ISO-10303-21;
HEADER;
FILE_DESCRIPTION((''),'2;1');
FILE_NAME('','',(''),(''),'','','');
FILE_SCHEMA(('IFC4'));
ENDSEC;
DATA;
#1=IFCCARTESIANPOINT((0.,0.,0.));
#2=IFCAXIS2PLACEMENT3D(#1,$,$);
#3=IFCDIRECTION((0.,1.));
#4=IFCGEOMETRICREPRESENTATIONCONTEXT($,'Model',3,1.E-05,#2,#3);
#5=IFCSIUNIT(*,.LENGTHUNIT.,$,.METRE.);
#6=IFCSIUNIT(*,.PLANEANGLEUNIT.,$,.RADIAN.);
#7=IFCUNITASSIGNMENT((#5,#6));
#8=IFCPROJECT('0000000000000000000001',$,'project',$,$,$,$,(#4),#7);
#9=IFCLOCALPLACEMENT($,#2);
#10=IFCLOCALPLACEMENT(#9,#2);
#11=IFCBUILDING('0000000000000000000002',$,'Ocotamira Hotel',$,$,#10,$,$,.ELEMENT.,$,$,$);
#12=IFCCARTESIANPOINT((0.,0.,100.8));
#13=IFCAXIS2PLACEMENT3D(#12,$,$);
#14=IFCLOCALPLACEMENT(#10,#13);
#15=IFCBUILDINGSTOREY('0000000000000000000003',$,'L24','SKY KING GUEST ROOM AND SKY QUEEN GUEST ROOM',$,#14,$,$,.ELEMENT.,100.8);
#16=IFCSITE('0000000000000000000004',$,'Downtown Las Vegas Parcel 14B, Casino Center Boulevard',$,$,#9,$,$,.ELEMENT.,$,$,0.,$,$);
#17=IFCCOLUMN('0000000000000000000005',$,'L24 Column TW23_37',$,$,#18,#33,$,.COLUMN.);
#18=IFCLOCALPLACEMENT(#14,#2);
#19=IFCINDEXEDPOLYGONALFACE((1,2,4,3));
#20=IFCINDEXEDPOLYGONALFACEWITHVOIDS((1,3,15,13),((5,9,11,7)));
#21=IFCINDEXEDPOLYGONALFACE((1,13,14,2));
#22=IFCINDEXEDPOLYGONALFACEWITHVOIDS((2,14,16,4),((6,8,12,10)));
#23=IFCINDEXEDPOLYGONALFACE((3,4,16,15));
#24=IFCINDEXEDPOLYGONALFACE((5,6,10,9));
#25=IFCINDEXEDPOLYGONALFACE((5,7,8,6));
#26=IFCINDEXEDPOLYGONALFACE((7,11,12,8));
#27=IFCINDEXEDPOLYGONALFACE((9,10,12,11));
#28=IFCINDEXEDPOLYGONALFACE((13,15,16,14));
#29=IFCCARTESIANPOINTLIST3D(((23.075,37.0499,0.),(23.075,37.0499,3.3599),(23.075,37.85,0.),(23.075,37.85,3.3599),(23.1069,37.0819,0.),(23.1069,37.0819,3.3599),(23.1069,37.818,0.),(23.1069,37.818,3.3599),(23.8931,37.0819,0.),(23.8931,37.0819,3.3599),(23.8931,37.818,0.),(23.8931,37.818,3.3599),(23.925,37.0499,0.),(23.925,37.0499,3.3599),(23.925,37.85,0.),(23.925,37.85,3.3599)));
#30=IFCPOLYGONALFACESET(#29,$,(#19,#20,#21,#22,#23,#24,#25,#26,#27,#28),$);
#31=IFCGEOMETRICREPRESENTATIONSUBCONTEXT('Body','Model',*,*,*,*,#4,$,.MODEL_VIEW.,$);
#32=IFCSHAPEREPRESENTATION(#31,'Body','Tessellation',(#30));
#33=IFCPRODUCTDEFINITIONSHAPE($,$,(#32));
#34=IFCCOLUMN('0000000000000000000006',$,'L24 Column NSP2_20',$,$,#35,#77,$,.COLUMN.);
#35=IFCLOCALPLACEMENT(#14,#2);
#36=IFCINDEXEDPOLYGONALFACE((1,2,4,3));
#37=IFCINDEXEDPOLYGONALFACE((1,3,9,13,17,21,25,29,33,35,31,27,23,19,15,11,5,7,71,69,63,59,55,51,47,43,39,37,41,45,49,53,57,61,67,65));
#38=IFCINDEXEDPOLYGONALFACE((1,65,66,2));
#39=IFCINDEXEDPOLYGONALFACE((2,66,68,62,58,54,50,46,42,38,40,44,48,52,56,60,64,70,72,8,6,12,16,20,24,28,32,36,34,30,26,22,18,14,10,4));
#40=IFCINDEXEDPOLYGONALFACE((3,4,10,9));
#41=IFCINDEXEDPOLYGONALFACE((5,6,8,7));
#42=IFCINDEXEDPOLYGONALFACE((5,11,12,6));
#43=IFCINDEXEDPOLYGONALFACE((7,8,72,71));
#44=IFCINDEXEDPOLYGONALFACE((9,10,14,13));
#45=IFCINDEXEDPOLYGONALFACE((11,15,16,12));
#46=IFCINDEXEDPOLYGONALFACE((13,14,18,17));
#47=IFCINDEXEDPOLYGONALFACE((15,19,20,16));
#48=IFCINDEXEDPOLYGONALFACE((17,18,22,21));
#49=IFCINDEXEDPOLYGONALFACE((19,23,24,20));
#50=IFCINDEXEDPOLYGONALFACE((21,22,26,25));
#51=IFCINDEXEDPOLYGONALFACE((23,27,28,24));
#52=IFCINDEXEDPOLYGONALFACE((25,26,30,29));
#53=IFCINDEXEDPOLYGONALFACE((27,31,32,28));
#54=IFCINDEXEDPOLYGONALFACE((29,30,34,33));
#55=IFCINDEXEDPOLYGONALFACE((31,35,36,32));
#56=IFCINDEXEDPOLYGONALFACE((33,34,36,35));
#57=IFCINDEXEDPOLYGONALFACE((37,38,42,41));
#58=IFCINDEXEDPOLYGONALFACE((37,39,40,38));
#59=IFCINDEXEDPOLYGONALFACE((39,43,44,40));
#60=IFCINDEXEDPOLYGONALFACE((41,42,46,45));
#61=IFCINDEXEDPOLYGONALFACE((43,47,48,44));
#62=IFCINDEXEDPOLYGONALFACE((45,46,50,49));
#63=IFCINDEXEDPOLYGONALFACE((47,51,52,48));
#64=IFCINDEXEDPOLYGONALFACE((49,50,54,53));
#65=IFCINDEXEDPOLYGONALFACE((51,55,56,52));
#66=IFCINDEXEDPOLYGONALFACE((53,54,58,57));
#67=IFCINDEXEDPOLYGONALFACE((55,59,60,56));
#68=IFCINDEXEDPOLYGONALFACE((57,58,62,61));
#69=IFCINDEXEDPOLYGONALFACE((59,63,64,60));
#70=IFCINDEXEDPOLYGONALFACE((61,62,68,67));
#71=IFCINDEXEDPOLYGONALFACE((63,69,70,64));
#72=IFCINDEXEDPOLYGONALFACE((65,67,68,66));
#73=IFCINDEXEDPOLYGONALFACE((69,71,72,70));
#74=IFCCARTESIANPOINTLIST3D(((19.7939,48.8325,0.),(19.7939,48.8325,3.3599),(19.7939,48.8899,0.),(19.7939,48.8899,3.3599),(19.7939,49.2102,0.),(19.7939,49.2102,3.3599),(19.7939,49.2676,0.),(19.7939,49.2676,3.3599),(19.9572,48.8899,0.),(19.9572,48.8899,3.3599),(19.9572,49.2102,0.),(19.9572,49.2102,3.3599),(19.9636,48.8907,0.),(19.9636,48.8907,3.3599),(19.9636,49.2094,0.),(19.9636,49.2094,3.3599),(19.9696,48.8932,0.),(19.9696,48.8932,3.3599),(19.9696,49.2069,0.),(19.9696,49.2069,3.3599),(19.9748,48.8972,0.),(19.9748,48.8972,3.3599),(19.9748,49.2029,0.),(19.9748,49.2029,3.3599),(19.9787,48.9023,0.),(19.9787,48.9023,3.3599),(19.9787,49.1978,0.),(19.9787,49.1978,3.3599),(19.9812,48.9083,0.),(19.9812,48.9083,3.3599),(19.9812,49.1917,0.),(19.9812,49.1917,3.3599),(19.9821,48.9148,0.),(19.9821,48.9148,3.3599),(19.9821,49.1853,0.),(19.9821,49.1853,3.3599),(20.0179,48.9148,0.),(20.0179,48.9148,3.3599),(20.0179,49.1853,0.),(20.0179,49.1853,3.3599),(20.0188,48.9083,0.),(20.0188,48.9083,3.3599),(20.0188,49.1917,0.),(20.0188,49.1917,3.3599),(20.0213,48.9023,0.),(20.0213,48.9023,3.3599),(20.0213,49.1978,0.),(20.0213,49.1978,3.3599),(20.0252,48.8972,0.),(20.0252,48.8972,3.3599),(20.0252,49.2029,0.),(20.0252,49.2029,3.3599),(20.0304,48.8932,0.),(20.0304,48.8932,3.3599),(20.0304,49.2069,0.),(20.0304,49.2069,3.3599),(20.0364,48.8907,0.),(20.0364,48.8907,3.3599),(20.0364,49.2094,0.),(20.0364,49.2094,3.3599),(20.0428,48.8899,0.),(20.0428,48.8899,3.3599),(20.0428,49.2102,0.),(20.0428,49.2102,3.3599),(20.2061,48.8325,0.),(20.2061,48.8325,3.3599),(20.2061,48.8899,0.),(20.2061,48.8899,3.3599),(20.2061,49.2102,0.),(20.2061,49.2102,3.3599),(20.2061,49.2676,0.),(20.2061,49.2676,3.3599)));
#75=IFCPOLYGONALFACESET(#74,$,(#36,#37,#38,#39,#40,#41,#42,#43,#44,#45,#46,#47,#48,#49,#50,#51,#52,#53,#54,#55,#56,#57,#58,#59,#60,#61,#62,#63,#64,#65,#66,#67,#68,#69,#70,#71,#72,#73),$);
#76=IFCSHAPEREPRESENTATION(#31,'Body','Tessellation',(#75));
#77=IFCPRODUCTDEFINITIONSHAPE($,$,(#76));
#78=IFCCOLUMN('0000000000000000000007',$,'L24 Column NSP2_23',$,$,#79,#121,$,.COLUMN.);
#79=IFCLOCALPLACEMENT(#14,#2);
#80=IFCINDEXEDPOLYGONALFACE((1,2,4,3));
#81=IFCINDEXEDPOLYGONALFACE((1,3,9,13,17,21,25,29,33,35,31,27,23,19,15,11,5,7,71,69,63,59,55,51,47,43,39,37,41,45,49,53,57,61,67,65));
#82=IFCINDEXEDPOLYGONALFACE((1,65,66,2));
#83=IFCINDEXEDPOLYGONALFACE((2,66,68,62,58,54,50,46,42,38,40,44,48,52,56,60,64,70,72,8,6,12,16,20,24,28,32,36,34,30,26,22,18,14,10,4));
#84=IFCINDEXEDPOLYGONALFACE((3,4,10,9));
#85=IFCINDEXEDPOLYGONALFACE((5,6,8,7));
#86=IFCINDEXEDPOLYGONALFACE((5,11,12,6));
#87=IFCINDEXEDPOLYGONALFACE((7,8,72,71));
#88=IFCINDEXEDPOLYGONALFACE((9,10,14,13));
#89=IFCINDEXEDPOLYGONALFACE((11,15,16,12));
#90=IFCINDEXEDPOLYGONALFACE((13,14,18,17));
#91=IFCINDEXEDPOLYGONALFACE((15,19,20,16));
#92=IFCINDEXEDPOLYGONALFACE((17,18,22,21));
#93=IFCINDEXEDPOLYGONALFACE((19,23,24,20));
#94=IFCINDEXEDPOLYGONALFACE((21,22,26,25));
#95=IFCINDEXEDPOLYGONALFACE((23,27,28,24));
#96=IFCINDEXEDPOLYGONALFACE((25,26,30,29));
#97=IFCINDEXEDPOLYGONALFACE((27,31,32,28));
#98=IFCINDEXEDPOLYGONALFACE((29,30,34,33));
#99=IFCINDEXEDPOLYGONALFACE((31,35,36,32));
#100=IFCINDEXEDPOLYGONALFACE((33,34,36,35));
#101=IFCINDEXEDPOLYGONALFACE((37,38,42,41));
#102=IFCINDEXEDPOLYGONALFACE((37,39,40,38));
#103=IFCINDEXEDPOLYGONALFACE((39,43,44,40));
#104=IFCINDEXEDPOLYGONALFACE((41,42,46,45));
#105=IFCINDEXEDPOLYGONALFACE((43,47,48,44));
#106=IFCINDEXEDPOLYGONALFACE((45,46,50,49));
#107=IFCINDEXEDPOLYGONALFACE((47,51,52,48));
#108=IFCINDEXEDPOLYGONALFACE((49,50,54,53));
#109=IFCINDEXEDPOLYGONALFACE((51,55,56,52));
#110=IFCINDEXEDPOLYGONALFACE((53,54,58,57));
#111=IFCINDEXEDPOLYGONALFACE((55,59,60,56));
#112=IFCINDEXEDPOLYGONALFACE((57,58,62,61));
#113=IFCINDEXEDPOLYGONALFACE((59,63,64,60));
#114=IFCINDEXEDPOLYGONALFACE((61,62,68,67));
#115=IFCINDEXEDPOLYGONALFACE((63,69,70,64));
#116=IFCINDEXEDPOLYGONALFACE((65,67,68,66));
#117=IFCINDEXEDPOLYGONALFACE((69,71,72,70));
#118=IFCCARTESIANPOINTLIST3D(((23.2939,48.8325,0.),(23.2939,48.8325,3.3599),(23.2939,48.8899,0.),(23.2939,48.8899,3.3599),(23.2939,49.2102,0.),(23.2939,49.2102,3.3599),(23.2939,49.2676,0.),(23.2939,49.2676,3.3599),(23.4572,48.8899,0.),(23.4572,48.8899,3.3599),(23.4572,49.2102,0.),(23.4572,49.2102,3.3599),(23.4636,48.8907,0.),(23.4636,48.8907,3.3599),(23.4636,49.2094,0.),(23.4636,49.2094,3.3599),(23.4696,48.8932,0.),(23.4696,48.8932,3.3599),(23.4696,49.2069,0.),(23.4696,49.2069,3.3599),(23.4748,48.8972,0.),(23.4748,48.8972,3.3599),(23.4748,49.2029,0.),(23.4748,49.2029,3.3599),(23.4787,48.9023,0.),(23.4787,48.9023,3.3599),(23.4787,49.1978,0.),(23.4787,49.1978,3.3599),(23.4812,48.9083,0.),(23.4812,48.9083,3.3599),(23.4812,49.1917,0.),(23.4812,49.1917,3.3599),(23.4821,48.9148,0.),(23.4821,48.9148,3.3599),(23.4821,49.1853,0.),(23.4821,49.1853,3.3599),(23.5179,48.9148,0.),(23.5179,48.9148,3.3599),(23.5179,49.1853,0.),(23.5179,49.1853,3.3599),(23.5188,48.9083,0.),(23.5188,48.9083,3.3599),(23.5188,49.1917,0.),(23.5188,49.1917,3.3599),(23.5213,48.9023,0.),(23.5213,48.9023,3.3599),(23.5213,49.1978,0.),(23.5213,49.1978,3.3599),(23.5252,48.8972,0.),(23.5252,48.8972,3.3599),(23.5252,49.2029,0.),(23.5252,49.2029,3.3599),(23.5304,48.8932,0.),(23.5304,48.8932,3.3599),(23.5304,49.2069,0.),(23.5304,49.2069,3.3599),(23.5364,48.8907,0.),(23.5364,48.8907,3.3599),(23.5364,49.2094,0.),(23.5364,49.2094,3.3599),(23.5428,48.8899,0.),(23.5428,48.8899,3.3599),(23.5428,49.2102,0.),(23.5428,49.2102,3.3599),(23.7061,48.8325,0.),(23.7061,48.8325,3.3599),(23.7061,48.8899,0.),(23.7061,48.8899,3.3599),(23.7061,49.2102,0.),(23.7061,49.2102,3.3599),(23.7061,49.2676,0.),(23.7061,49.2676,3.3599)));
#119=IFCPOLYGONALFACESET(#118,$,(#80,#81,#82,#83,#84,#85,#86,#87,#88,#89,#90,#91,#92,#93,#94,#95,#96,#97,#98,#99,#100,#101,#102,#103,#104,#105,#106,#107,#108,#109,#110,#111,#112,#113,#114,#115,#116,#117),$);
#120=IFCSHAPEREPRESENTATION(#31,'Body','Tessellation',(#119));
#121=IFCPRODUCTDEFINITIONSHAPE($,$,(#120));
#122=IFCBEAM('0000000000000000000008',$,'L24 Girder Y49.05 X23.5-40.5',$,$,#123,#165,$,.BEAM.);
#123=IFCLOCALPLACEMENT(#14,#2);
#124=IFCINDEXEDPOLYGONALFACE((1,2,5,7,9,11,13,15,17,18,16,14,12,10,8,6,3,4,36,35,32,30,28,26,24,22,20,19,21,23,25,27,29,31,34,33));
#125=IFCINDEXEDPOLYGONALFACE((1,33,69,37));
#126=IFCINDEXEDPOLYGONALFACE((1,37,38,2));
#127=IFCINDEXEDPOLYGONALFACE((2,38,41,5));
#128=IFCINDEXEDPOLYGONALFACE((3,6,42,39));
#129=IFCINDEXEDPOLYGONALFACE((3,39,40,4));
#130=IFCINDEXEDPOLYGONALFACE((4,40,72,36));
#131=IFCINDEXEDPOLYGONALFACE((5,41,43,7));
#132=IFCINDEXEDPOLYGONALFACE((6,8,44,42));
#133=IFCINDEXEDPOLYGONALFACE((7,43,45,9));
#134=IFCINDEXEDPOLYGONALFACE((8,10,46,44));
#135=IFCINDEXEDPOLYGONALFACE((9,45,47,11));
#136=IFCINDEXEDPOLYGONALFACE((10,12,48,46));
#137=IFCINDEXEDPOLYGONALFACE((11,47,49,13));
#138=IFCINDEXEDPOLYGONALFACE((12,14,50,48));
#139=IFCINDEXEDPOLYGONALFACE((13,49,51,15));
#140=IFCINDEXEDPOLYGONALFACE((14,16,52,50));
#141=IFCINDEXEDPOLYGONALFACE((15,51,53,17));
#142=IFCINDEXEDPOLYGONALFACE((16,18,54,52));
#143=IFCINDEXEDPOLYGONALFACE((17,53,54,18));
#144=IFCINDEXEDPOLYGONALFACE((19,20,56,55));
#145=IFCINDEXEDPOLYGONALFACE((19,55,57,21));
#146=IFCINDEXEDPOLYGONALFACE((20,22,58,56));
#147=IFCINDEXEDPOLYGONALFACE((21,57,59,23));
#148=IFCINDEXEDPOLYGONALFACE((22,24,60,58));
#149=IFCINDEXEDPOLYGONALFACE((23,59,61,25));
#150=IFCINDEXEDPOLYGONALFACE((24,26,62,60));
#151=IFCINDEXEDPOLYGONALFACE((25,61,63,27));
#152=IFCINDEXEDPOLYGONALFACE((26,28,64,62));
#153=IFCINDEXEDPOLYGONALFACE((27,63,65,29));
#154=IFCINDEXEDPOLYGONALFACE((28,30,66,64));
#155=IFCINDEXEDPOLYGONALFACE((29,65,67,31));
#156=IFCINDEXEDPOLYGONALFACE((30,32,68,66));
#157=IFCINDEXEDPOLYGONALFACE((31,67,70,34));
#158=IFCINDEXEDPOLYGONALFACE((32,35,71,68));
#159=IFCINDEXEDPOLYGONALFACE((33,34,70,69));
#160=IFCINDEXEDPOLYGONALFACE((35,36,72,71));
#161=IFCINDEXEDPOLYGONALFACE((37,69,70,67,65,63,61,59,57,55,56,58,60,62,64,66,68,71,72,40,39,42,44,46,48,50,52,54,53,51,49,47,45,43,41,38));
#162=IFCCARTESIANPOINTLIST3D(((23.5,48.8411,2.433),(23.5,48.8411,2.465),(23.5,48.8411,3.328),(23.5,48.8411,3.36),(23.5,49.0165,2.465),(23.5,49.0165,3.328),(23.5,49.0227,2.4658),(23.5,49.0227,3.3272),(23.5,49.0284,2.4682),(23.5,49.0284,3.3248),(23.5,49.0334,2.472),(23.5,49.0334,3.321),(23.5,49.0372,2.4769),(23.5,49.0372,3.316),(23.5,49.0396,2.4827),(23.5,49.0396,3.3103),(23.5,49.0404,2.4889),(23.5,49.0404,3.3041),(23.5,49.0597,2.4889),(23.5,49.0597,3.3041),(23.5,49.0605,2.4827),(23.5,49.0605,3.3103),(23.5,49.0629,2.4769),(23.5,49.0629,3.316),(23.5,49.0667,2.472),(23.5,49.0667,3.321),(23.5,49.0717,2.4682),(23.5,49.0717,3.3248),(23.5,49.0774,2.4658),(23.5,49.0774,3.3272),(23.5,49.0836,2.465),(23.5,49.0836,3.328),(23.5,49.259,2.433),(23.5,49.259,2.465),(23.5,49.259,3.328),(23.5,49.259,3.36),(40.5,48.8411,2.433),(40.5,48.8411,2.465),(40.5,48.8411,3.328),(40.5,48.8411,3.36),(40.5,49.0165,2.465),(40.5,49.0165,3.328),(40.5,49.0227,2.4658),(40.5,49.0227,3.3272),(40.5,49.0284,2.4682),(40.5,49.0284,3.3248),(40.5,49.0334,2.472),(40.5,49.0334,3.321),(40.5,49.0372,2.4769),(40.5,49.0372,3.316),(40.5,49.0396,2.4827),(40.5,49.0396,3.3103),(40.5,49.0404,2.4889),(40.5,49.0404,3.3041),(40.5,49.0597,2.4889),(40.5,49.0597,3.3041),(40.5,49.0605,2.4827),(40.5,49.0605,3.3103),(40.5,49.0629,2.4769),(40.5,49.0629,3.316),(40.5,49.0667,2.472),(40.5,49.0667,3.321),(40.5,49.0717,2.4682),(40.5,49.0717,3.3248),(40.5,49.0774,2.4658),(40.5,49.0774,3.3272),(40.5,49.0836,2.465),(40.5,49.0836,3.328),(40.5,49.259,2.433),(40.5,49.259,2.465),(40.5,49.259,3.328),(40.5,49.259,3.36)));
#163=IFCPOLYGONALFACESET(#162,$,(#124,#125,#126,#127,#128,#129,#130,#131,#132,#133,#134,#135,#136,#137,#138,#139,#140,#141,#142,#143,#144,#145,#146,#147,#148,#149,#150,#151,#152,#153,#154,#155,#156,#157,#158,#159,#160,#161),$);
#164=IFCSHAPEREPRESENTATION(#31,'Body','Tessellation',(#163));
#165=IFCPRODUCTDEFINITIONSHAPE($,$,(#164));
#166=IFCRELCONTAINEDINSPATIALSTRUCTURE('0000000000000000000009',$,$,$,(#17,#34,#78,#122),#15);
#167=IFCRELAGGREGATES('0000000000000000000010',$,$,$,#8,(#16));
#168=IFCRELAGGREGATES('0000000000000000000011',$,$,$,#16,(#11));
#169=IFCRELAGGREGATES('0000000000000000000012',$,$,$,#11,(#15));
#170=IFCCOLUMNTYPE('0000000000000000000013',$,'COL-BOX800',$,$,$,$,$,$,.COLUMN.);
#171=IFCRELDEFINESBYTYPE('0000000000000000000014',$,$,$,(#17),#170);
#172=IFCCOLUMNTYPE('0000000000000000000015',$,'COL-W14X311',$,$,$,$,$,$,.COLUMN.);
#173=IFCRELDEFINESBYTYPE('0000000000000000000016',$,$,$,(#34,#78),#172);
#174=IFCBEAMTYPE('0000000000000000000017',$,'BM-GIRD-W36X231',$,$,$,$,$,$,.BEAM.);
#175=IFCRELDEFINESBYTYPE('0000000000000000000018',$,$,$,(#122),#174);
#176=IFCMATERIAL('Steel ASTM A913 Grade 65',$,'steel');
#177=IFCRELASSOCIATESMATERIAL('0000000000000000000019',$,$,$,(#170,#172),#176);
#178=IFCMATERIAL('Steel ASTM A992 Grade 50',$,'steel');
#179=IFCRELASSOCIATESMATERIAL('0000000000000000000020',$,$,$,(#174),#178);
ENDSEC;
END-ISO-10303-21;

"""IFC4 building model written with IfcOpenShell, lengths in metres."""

from ifc_helpers import new_model, si_unit, direction, frame, origin, origin_2d, place, context, subcontext, project, spatial, hollow_rectangle, i_section, extrude, source, transform, mapped, material, material_profile, profile_set, type_object, element, save


model = new_model("IFC4")

# Units and contexts
model_context = context("Model", 3, precision=1e-05, world=origin(), true_north=direction((0.0, 1.0)))
body_context = subcontext(model_context, "Body", "Model", "MODEL_VIEW")
ifc_project = project(units=[si_unit("LENGTHUNIT", "METRE"), si_unit("PLANEANGLEUNIT", "RADIAN")], contexts=[model_context])

# Site, building, storey
site_placement = place(None, origin())
site = spatial("IfcSite", under=ifc_project, at=site_placement, Name="Downtown Las Vegas Parcel 14B, Casino Center Boulevard", CompositionType="ELEMENT", RefElevation=0.0)
building_placement = place(site_placement, origin())
building = spatial("IfcBuilding", under=site, at=building_placement, Name="Ocotamira Hotel", CompositionType="ELEMENT")
storey_placement = place(building_placement, frame((0.0, 0.0, 100.8)))
storey = spatial("IfcBuildingStorey", under=building, at=storey_placement, Name="L24", Description="SKY KING GUEST ROOM AND SKY QUEEN GUEST ROOM", CompositionType="ELEMENT", Elevation=100.8)

# Columns
ifc_material_1 = material(Name="Steel ASTM A913 Grade 65", Category="steel")
ifc_material_profile_1 = material_profile(ifc_material_1, hollow_rectangle(XDim=0.8501, YDim=0.8, WallThickness=0.032, at=origin_2d()), Name="BOX800X850X32")
ifc_profile_set_1 = profile_set([ifc_material_profile_1], Name="Steel ASTM A913 Grade 65")
column_type_1 = type_object("IfcColumnType", Name="COL-BOX800", PredefinedType="COLUMN", material=ifc_profile_set_1)
shared_shape_1 = source(origin(), body_context, "Body", "SweptSolid", [
    extrude(hollow_rectangle(XDim=0.8501, YDim=0.8, WallThickness=0.032, at=origin_2d()), origin(), (0.0, 0.0, 1.0), 3.3599),
])
column_placement = place(storey_placement, frame((23.5, 37.45, 0.0), z_axis=(0.0, 0.0, 1.0), x_axis=(1.0, 0.0, 0.0)))
element("IfcColumn", 1, at=column_placement, inside=storey, type_object=column_type_1, Name="L24 Column TW23_37", PredefinedType="COLUMN", context=body_context, shape_type="MappedRepresentation", body=[
    mapped(shared_shape_1, transform((0.0, 0.0, 0.0), scale=1.0)),
])
ifc_material_profile_2 = material_profile(ifc_material_1, i_section(OverallWidth=0.4121, OverallDepth=0.4351, WebThickness=0.0359, FlangeThickness=0.0574, FilletRadius=0.0249, at=origin_2d()), Name="W14X311")
ifc_profile_set_2 = profile_set([ifc_material_profile_2], Name="Steel ASTM A913 Grade 65")
column_type_2 = type_object("IfcColumnType", Name="COL-W14X311", PredefinedType="COLUMN", material=ifc_profile_set_2)
shared_shape_2 = source(origin(), body_context, "Body", "SweptSolid", [
    extrude(i_section(OverallWidth=0.4121, OverallDepth=0.4351, WebThickness=0.0359, FlangeThickness=0.0574, FilletRadius=0.0249, at=origin_2d()), origin(), (0.0, 0.0, 1.0), 3.3599),
])
for number, where, z_axis, x_axis, name in (
    (2, (20.0, 49.05, 0.0), (0.0, 0.0, 1.0), (1.0, 0.0, 0.0), "L24 Column NSP2_20"),
    (3, (23.5, 49.05, 0.0), (0.0, 0.0, 1.0), (1.0, 0.0, 0.0), "L24 Column NSP2_23"),
):
    element("IfcColumn", number, at=place(storey_placement, frame(where, z_axis=z_axis, x_axis=x_axis)), inside=storey, type_object=column_type_2, Name=name, PredefinedType="COLUMN", context=body_context, shape_type="MappedRepresentation", body=[
        mapped(shared_shape_2, transform((0.0, 0.0, 0.0), scale=1.0)),
    ])

# Beam
ifc_material_2 = material(Name="Steel ASTM A992 Grade 50", Category="steel")
ifc_material_profile_3 = material_profile(ifc_material_2, i_section(OverallWidth=0.418, OverallDepth=0.927, WebThickness=0.0193, FlangeThickness=0.032, FilletRadius=0.0239, at=origin_2d()), Name="W36X231")
ifc_profile_set_3 = profile_set([ifc_material_profile_3], Name="Steel ASTM A992 Grade 50")
beam_type_1 = type_object("IfcBeamType", Name="BM-GIRD-W36X231", PredefinedType="BEAM", material=ifc_profile_set_3)
shared_shape_3 = source(origin(), body_context, "Body", "SweptSolid", [
    extrude(i_section(OverallWidth=0.418, OverallDepth=0.927, WebThickness=0.0193, FlangeThickness=0.032, FilletRadius=0.0239, at=origin_2d()), origin(), (0.0, 0.0, 1.0), 17.0),
])
beam_1_placement = place(storey_placement, frame((23.5, 49.05, 2.8965), z_axis=(1.0, 0.0, 0.0), x_axis=(0.0, 1.0, 0.0)))
element("IfcBeam", 4, at=beam_1_placement, inside=storey, type_object=beam_type_1, Name="L24 Girder Y49.05 X23.5-40.5", PredefinedType="BEAM", context=body_context, shape_type="MappedRepresentation", body=[
    mapped(shared_shape_3, transform((0.0, 0.0, 0.0), scale=1.0)),
])

save(model, "model.ifc")
